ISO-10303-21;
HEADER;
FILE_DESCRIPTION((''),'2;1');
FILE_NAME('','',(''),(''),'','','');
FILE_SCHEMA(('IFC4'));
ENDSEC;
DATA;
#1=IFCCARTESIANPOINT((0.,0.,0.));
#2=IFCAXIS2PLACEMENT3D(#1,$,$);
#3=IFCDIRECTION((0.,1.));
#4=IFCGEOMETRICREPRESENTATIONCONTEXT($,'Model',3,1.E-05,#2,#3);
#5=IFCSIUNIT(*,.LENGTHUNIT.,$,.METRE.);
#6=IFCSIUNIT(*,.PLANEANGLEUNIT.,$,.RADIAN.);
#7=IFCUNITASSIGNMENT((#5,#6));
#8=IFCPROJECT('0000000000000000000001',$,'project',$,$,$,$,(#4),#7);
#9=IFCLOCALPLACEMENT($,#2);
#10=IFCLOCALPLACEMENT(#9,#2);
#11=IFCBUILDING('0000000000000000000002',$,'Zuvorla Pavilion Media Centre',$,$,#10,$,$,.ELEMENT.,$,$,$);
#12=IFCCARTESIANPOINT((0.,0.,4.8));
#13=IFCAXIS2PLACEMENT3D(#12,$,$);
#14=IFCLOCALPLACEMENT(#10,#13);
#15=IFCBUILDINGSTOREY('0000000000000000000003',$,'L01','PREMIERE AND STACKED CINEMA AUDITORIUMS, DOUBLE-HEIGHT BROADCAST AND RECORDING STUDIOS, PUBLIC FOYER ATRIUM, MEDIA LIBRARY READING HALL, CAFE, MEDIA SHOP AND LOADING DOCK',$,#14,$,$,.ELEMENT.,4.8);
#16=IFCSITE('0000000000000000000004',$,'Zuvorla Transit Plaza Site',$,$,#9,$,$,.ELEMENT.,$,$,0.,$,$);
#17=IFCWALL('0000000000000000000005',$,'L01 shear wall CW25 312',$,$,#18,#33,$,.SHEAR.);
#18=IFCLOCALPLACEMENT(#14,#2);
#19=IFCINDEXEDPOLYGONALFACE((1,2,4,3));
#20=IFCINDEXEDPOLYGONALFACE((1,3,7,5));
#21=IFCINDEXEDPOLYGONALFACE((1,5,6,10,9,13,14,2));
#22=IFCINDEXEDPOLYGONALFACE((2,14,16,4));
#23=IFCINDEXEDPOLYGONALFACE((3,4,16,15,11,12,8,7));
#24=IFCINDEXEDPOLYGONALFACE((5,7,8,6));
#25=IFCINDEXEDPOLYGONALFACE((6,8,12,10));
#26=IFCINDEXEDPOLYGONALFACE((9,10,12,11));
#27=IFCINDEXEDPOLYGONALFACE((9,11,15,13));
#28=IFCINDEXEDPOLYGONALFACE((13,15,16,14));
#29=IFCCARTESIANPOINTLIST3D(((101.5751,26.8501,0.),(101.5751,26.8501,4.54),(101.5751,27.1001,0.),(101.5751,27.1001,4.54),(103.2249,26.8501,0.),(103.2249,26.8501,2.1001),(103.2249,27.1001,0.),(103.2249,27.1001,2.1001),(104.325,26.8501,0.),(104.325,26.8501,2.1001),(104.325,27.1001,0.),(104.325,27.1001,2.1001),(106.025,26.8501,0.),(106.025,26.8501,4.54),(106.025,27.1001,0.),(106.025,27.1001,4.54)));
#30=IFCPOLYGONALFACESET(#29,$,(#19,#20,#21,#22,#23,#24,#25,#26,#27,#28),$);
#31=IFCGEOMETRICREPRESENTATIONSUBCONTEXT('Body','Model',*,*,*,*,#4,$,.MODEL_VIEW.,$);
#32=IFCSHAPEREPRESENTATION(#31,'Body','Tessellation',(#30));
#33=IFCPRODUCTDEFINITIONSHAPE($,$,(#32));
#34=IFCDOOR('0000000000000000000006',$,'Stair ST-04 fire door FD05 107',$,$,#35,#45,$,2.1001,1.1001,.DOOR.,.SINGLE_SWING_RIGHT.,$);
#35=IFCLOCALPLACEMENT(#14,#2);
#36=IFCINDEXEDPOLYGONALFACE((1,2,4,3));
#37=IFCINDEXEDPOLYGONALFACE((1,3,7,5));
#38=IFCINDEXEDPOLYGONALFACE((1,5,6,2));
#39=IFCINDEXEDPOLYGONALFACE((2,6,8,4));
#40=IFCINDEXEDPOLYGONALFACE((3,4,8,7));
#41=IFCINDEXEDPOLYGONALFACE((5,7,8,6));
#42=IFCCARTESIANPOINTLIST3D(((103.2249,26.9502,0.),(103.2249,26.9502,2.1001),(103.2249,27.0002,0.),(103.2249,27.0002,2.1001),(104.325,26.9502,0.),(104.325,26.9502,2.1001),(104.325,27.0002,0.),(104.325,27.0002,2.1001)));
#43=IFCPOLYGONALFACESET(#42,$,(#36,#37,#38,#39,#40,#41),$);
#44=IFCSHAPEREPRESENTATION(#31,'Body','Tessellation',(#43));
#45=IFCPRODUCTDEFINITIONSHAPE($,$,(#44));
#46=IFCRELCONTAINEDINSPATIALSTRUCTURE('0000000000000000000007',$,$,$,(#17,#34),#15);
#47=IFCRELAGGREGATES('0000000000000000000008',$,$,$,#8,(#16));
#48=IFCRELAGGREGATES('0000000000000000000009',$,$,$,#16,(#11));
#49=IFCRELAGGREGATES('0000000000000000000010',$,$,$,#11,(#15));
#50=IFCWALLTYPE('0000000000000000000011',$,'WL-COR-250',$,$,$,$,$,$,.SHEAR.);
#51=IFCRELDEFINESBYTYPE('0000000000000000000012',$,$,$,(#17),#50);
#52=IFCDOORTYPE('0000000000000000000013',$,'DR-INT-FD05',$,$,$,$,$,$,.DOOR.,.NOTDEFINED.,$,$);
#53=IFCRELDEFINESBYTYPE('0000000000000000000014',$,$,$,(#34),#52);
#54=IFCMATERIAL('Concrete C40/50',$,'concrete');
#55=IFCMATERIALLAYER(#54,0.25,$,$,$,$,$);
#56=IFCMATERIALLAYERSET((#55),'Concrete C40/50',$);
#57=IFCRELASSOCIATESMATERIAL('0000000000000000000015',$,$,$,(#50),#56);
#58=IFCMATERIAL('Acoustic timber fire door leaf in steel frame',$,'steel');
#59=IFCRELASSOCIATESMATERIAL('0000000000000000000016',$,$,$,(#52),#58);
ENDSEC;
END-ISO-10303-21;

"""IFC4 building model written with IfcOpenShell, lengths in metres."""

from ifc_helpers import new_model, si_unit, direction, frame, frame_2d, origin, place, context, subcontext, project, spatial, rectangle, extrude, material, layer, layer_set, type_object, element, fill, save


model = new_model("IFC4")

# Units and contexts
model_context = context("Model", 3, precision=1e-05, world=origin(), true_north=direction((0.0, 1.0)))
body_context = subcontext(model_context, "Body", "Model", "MODEL_VIEW")
ifc_project = project(units=[si_unit("LENGTHUNIT", "METRE"), si_unit("PLANEANGLEUNIT", "RADIAN")], contexts=[model_context])

# Site, building, storey
site_placement = place(None, origin())
site = spatial("IfcSite", under=ifc_project, at=site_placement, Name="Zuvorla Transit Plaza Site", CompositionType="ELEMENT", RefElevation=0.0)
building_placement = place(site_placement, origin())
building = spatial("IfcBuilding", under=site, at=building_placement, Name="Zuvorla Pavilion Media Centre", CompositionType="ELEMENT")
storey_placement = place(building_placement, frame((0.0, 0.0, 4.8)))
storey = spatial("IfcBuildingStorey", under=building, at=storey_placement, Name="L01", Description="PREMIERE AND STACKED CINEMA AUDITORIUMS, DOUBLE-HEIGHT BROADCAST AND RECORDING STUDIOS, PUBLIC FOYER ATRIUM, MEDIA LIBRARY READING HALL, CAFE, MEDIA SHOP AND LOADING DOCK", CompositionType="ELEMENT", Elevation=4.8)

# Shared definitions
ifc_material_1 = material(Name="Concrete C40/50", Category="concrete")

# Shared definitions
ifc_material_2 = material(Name="Acoustic timber fire door leaf in steel frame", Category="steel")

# Shared definitions
ifc_layer_1 = layer(ifc_material_1, 0.25)
ifc_layer_set_1 = layer_set([ifc_layer_1], Name="Concrete C40/50")
wall_type_1 = type_object("IfcWallType", Name="WL-COR-250", PredefinedType="SHEAR", material=ifc_layer_set_1)

# Wall, opening, door
wall_1_placement = place(storey_placement, frame((101.575, 26.9751, 0.0), z_axis=(0.0, 0.0, 1.0), x_axis=(1.0, 0.0, 0.0)))
wall_1 = element("IfcWall", 1, at=wall_1_placement, inside=storey, type_object=wall_type_1, Name="L01 shear wall CW25 312", PredefinedType="SHEAR", context=body_context, shape_type="SweptSolid", body=[
    extrude(rectangle(XDim=4.45, YDim=0.25, at=frame_2d((2.2251, 0.0))), origin(), (0.0, 0.0, 1.0), 4.54),
])
opening_1_placement = place(wall_1_placement, frame((1.6499, 0.0, 0.0)))
opening_1 = element("IfcOpeningElement", 2, at=opening_1_placement, cuts=wall_1, PredefinedType="OPENING", context=body_context, shape_type="SweptSolid", body=[
    extrude(rectangle(XDim=1.1001, YDim=2.1001, at=frame_2d((0.55, 1.05))), frame((0.0, 0.135, 0.0), z_axis=(0.0, -1.0, 0.0), x_axis=(1.0, 0.0, 0.0)), (0.0, 0.0, 1.0), 0.27),
])
door_type_1 = type_object("IfcDoorType", Name="DR-INT-FD05", OperationType="NOTDEFINED", PredefinedType="DOOR", material=ifc_material_2)
door_1_placement = place(opening_1_placement, frame((1.1001, 0.0, 0.0), z_axis=(0.0, 0.0, 1.0), x_axis=(-1.0, 0.0, 0.0)))
door_1 = element("IfcDoor", 3, at=door_1_placement, inside=storey, type_object=door_type_1, Name="Stair ST-04 fire door FD05 107", OperationType="SINGLE_SWING_RIGHT", OverallHeight=2.1001, OverallWidth=1.1001, PredefinedType="DOOR", context=body_context, shape_type="SweptSolid", body=[
    extrude(rectangle(XDim=1.1001, YDim=2.1001, at=frame_2d((0.55, 1.05))), frame((0.0, 0.0249, 0.0), z_axis=(0.0, -1.0, 0.0), x_axis=(1.0, 0.0, 0.0)), (0.0, 0.0, 1.0), 0.05),
])
fill(opening_1, door_1)

save(model, "model.ifc")
